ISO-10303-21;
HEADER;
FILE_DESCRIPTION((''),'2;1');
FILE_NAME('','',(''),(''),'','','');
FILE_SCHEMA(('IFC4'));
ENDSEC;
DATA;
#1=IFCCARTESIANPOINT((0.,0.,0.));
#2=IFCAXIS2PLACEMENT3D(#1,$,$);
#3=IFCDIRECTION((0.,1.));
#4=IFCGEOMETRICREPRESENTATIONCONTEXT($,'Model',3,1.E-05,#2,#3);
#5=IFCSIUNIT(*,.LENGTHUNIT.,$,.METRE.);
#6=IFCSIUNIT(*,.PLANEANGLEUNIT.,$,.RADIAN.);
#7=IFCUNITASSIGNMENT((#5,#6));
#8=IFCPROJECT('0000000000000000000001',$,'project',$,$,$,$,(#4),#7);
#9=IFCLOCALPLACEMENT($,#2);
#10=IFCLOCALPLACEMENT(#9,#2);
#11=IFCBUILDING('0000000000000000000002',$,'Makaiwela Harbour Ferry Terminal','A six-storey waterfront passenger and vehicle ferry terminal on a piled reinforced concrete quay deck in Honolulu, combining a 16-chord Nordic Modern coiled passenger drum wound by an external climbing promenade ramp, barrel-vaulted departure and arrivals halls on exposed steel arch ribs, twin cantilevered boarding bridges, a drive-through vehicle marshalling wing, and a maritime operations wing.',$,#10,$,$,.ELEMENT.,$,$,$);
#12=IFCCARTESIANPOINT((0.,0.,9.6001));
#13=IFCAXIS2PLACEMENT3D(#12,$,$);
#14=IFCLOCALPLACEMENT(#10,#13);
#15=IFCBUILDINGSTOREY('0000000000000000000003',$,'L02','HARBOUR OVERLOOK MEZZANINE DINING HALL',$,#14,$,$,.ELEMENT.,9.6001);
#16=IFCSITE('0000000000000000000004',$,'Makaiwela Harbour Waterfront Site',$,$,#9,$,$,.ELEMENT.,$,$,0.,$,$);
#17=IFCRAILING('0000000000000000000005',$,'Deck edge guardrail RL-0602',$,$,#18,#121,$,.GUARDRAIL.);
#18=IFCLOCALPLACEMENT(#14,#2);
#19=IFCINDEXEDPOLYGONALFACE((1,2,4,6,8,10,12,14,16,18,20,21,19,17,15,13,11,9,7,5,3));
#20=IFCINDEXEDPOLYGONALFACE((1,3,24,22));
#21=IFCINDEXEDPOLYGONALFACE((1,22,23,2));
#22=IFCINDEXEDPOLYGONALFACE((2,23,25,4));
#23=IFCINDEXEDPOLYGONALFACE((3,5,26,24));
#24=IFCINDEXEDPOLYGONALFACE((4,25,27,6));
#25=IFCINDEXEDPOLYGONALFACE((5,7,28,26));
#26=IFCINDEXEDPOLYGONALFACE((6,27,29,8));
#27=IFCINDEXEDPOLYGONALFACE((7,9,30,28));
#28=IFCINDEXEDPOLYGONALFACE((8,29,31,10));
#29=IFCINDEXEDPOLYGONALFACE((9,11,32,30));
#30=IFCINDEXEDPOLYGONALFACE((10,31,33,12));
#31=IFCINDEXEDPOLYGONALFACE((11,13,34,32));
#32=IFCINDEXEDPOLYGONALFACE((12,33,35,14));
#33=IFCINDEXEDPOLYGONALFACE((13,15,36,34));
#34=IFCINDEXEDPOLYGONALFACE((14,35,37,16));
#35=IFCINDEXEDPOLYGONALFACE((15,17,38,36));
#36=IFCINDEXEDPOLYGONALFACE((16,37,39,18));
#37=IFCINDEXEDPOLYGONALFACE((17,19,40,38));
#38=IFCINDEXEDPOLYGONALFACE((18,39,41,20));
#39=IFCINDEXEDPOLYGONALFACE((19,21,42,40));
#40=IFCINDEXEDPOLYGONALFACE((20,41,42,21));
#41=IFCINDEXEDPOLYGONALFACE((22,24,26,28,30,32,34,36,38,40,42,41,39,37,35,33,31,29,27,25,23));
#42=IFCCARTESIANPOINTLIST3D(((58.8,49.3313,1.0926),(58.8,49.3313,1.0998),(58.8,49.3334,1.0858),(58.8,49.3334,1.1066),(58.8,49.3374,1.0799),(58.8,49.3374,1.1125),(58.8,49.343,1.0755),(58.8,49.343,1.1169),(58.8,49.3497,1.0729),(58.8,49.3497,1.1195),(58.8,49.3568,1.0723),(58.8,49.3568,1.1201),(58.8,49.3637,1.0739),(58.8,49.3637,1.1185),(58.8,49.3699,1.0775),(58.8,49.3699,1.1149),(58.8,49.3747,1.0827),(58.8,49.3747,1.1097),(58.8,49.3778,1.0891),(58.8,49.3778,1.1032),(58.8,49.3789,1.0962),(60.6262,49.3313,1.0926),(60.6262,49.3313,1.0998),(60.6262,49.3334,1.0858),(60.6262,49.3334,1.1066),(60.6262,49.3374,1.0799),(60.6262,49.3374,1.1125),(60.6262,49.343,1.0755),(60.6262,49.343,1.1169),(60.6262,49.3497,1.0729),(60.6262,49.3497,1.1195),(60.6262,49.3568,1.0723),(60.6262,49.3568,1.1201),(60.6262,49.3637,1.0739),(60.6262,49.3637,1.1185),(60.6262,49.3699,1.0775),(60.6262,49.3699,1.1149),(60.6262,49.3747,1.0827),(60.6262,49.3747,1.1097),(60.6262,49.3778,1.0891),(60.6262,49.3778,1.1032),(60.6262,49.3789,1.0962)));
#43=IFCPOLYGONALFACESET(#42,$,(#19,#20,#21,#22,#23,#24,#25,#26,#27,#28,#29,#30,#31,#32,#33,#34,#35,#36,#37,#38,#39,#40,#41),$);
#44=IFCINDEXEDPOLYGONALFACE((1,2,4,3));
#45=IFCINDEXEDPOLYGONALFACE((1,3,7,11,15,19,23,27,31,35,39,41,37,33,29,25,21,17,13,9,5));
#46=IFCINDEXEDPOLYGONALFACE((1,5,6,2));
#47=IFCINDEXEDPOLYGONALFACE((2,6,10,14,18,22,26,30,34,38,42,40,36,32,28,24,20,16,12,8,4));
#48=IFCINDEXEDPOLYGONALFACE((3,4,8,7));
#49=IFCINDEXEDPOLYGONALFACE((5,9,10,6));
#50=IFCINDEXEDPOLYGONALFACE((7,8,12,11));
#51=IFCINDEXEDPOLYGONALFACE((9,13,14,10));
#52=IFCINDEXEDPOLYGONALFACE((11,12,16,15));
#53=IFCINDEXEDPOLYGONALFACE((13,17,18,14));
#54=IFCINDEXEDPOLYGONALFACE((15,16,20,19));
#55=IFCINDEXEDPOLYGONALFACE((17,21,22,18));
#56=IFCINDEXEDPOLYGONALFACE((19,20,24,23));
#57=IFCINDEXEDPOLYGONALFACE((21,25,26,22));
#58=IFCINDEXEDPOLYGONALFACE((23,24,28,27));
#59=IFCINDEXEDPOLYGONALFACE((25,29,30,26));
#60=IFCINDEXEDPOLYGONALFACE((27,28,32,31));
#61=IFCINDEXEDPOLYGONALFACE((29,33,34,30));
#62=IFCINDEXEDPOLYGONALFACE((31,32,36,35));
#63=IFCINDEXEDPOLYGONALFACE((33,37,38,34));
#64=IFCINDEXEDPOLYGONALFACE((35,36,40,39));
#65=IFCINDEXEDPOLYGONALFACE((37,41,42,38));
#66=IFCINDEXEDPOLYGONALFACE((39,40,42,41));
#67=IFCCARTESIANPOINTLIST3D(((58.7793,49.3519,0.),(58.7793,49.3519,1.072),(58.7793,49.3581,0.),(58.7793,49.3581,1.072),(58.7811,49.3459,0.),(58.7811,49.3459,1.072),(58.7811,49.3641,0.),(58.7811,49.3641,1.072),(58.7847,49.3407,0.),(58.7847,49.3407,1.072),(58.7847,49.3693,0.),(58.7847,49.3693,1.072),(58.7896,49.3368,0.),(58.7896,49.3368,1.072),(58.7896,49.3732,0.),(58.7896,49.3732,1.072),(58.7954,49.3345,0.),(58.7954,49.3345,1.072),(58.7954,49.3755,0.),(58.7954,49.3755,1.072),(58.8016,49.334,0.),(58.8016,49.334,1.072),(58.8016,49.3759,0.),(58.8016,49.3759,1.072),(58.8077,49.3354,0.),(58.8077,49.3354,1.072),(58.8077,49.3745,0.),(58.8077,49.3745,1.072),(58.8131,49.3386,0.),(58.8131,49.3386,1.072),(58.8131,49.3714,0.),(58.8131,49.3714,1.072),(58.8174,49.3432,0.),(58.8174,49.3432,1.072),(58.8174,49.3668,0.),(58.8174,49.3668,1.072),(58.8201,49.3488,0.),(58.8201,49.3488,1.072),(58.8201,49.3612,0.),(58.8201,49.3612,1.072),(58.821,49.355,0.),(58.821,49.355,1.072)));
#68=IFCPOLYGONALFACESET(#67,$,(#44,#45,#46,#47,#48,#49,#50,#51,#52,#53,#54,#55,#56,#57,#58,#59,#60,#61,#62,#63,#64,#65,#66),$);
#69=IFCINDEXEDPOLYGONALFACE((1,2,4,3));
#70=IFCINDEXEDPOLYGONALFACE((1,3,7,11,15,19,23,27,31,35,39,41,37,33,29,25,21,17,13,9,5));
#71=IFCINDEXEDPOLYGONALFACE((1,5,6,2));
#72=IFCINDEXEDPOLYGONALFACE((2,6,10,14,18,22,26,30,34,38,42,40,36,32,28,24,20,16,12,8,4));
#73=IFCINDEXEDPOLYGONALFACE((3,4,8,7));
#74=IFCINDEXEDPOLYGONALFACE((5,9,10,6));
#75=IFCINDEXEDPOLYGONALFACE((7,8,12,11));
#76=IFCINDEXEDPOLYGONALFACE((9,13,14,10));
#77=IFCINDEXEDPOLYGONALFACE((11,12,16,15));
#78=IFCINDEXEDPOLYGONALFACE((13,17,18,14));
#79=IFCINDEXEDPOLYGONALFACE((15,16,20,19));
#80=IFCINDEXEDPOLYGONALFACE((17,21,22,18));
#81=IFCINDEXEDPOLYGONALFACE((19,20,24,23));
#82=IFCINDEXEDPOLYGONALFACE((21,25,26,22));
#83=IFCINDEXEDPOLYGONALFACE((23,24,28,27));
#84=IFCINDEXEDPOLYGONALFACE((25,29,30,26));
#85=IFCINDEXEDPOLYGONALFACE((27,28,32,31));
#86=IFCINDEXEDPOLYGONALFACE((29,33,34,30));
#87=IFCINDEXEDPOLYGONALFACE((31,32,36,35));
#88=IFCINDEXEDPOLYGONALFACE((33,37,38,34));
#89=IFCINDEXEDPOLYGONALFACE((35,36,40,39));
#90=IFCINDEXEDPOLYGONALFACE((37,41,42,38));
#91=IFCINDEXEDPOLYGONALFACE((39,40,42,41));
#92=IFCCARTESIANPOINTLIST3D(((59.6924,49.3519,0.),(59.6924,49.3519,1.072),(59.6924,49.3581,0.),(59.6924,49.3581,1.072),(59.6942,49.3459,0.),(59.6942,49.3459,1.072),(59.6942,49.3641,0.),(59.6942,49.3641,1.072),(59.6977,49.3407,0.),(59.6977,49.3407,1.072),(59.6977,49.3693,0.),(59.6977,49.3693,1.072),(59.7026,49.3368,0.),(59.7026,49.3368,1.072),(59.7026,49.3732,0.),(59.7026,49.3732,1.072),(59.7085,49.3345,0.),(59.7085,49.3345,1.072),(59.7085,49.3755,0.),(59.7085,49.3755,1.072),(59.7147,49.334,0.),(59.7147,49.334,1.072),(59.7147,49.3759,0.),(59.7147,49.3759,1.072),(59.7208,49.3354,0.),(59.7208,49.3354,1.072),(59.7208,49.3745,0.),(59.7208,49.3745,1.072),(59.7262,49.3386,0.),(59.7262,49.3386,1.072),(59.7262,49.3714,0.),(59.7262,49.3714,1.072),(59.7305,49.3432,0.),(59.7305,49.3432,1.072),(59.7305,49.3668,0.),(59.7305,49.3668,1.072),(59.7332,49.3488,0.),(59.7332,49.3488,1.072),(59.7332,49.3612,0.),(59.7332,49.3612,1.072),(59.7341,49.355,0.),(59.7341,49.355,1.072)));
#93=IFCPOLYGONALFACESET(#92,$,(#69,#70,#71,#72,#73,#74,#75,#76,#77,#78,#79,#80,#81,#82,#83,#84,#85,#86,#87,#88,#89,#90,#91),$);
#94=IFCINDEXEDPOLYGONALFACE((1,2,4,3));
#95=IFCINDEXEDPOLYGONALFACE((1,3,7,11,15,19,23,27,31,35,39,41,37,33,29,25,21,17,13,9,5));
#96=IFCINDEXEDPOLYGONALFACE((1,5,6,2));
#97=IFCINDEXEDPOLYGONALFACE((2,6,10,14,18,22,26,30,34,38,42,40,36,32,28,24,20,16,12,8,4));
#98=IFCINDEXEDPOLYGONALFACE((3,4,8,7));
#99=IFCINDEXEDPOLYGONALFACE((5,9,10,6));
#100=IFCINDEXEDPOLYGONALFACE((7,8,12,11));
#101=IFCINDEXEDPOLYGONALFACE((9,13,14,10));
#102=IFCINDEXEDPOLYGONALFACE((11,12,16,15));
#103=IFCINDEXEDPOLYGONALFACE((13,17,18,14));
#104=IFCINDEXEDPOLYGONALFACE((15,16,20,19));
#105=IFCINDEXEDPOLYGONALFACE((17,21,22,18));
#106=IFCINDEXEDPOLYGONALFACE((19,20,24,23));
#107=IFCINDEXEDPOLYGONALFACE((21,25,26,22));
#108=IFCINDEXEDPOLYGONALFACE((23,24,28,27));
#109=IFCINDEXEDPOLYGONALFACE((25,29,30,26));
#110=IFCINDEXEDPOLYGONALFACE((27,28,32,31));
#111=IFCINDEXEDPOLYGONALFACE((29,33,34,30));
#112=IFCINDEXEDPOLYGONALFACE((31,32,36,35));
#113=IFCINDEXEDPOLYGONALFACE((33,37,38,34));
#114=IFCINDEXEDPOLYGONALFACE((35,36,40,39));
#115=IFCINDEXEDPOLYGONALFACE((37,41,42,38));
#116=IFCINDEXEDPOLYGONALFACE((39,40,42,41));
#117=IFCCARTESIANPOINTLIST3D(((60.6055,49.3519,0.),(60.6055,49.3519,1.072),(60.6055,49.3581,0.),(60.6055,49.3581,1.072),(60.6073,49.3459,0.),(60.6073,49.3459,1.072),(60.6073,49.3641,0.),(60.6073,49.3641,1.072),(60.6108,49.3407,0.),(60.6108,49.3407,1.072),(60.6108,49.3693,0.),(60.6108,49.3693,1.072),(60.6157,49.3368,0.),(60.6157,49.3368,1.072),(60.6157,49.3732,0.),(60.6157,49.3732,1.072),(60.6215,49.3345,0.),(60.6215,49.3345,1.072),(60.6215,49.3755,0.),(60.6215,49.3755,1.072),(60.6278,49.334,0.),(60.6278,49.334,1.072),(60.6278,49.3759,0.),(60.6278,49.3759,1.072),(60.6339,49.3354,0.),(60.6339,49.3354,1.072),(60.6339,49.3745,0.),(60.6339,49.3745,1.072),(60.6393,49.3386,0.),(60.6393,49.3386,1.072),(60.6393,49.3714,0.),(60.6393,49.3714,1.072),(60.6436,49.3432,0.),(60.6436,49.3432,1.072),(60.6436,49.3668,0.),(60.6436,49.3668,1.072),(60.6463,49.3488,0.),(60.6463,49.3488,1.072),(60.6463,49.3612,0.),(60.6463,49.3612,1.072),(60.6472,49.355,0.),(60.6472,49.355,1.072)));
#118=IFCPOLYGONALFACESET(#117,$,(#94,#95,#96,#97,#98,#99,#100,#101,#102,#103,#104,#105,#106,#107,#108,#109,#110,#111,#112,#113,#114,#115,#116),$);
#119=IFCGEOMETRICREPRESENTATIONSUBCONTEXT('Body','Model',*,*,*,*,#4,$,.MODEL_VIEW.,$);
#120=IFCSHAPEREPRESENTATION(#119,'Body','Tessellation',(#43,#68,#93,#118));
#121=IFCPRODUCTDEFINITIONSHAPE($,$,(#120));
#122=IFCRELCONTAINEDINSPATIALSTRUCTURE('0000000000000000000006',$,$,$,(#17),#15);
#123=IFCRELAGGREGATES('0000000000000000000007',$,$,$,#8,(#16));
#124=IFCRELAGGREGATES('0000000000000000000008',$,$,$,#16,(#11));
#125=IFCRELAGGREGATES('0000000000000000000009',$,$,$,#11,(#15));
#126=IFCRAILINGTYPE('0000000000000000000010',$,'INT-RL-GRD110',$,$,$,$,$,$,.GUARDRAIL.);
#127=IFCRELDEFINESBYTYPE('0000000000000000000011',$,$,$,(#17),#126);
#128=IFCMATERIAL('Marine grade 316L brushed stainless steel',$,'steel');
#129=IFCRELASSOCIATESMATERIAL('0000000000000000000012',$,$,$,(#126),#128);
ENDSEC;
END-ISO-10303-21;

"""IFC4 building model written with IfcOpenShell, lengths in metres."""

from ifc_helpers import new_model, si_unit, direction, frame, origin, origin_2d, place, context, subcontext, project, spatial, circle, extrude, material, type_object, element, save


model = new_model("IFC4")

# Units and contexts
model_context = context("Model", 3, precision=1e-05, world=origin(), true_north=direction((0.0, 1.0)))
body_context = subcontext(model_context, "Body", "Model", "MODEL_VIEW")
ifc_project = project(units=[si_unit("LENGTHUNIT", "METRE"), si_unit("PLANEANGLEUNIT", "RADIAN")], contexts=[model_context])

# Site, building, storey
site_placement = place(None, origin())
site = spatial("IfcSite", under=ifc_project, at=site_placement, Name="Makaiwela Harbour Waterfront Site", CompositionType="ELEMENT", RefElevation=0.0)
building_placement = place(site_placement, origin())
building = spatial("IfcBuilding", under=site, at=building_placement, Name="Makaiwela Harbour Ferry Terminal", Description="A six-storey waterfront passenger and vehicle ferry terminal on a piled reinforced concrete quay deck in Honolulu, combining a 16-chord Nordic Modern coiled passenger drum wound by an external climbing promenade ramp, barrel-vaulted departure and arrivals halls on exposed steel arch ribs, twin cantilevered boarding bridges, a drive-through vehicle marshalling wing, and a maritime operations wing.", CompositionType="ELEMENT")
storey_placement = place(building_placement, frame((0.0, 0.0, 9.6001)))
storey = spatial("IfcBuildingStorey", under=building, at=storey_placement, Name="L02", Description="HARBOUR OVERLOOK MEZZANINE DINING HALL", CompositionType="ELEMENT", Elevation=9.6001)

# Railing
ifc_material_1 = material(Name="Marine grade 316L brushed stainless steel", Category="steel")
railing_type = type_object("IfcRailingType", Name="INT-RL-GRD110", PredefinedType="GUARDRAIL", material=ifc_material_1)
for number, where, name in (
    (1, (58.8, 49.355, 0.0), "Deck edge guardrail RL-0602"),
):
    element("IfcRailing", number, at=place(storey_placement, frame(where)), inside=storey, type_object=railing_type, Name=name, PredefinedType="GUARDRAIL", context=body_context, shape_type="SweptSolid", body=[
        extrude(circle(Radius=0.0239, at=origin_2d()), frame((0.0, 0.0, 1.0962), z_axis=(1.0, 0.0, 0.0), x_axis=(0.0, 1.0, 0.0)), (0.0, 0.0, 1.0), 1.8262),
        extrude(circle(Radius=0.021, at=origin_2d()), origin(), (0.0, 0.0, 1.0), 1.072),
        extrude(circle(Radius=0.021, at=origin_2d()), frame((0.9131, 0.0, 0.0)), (0.0, 0.0, 1.0), 1.072),
        extrude(circle(Radius=0.021, at=origin_2d()), frame((1.8262, 0.0, 0.0)), (0.0, 0.0, 1.0), 1.072),
    ])

save(model, "model.ifc")
